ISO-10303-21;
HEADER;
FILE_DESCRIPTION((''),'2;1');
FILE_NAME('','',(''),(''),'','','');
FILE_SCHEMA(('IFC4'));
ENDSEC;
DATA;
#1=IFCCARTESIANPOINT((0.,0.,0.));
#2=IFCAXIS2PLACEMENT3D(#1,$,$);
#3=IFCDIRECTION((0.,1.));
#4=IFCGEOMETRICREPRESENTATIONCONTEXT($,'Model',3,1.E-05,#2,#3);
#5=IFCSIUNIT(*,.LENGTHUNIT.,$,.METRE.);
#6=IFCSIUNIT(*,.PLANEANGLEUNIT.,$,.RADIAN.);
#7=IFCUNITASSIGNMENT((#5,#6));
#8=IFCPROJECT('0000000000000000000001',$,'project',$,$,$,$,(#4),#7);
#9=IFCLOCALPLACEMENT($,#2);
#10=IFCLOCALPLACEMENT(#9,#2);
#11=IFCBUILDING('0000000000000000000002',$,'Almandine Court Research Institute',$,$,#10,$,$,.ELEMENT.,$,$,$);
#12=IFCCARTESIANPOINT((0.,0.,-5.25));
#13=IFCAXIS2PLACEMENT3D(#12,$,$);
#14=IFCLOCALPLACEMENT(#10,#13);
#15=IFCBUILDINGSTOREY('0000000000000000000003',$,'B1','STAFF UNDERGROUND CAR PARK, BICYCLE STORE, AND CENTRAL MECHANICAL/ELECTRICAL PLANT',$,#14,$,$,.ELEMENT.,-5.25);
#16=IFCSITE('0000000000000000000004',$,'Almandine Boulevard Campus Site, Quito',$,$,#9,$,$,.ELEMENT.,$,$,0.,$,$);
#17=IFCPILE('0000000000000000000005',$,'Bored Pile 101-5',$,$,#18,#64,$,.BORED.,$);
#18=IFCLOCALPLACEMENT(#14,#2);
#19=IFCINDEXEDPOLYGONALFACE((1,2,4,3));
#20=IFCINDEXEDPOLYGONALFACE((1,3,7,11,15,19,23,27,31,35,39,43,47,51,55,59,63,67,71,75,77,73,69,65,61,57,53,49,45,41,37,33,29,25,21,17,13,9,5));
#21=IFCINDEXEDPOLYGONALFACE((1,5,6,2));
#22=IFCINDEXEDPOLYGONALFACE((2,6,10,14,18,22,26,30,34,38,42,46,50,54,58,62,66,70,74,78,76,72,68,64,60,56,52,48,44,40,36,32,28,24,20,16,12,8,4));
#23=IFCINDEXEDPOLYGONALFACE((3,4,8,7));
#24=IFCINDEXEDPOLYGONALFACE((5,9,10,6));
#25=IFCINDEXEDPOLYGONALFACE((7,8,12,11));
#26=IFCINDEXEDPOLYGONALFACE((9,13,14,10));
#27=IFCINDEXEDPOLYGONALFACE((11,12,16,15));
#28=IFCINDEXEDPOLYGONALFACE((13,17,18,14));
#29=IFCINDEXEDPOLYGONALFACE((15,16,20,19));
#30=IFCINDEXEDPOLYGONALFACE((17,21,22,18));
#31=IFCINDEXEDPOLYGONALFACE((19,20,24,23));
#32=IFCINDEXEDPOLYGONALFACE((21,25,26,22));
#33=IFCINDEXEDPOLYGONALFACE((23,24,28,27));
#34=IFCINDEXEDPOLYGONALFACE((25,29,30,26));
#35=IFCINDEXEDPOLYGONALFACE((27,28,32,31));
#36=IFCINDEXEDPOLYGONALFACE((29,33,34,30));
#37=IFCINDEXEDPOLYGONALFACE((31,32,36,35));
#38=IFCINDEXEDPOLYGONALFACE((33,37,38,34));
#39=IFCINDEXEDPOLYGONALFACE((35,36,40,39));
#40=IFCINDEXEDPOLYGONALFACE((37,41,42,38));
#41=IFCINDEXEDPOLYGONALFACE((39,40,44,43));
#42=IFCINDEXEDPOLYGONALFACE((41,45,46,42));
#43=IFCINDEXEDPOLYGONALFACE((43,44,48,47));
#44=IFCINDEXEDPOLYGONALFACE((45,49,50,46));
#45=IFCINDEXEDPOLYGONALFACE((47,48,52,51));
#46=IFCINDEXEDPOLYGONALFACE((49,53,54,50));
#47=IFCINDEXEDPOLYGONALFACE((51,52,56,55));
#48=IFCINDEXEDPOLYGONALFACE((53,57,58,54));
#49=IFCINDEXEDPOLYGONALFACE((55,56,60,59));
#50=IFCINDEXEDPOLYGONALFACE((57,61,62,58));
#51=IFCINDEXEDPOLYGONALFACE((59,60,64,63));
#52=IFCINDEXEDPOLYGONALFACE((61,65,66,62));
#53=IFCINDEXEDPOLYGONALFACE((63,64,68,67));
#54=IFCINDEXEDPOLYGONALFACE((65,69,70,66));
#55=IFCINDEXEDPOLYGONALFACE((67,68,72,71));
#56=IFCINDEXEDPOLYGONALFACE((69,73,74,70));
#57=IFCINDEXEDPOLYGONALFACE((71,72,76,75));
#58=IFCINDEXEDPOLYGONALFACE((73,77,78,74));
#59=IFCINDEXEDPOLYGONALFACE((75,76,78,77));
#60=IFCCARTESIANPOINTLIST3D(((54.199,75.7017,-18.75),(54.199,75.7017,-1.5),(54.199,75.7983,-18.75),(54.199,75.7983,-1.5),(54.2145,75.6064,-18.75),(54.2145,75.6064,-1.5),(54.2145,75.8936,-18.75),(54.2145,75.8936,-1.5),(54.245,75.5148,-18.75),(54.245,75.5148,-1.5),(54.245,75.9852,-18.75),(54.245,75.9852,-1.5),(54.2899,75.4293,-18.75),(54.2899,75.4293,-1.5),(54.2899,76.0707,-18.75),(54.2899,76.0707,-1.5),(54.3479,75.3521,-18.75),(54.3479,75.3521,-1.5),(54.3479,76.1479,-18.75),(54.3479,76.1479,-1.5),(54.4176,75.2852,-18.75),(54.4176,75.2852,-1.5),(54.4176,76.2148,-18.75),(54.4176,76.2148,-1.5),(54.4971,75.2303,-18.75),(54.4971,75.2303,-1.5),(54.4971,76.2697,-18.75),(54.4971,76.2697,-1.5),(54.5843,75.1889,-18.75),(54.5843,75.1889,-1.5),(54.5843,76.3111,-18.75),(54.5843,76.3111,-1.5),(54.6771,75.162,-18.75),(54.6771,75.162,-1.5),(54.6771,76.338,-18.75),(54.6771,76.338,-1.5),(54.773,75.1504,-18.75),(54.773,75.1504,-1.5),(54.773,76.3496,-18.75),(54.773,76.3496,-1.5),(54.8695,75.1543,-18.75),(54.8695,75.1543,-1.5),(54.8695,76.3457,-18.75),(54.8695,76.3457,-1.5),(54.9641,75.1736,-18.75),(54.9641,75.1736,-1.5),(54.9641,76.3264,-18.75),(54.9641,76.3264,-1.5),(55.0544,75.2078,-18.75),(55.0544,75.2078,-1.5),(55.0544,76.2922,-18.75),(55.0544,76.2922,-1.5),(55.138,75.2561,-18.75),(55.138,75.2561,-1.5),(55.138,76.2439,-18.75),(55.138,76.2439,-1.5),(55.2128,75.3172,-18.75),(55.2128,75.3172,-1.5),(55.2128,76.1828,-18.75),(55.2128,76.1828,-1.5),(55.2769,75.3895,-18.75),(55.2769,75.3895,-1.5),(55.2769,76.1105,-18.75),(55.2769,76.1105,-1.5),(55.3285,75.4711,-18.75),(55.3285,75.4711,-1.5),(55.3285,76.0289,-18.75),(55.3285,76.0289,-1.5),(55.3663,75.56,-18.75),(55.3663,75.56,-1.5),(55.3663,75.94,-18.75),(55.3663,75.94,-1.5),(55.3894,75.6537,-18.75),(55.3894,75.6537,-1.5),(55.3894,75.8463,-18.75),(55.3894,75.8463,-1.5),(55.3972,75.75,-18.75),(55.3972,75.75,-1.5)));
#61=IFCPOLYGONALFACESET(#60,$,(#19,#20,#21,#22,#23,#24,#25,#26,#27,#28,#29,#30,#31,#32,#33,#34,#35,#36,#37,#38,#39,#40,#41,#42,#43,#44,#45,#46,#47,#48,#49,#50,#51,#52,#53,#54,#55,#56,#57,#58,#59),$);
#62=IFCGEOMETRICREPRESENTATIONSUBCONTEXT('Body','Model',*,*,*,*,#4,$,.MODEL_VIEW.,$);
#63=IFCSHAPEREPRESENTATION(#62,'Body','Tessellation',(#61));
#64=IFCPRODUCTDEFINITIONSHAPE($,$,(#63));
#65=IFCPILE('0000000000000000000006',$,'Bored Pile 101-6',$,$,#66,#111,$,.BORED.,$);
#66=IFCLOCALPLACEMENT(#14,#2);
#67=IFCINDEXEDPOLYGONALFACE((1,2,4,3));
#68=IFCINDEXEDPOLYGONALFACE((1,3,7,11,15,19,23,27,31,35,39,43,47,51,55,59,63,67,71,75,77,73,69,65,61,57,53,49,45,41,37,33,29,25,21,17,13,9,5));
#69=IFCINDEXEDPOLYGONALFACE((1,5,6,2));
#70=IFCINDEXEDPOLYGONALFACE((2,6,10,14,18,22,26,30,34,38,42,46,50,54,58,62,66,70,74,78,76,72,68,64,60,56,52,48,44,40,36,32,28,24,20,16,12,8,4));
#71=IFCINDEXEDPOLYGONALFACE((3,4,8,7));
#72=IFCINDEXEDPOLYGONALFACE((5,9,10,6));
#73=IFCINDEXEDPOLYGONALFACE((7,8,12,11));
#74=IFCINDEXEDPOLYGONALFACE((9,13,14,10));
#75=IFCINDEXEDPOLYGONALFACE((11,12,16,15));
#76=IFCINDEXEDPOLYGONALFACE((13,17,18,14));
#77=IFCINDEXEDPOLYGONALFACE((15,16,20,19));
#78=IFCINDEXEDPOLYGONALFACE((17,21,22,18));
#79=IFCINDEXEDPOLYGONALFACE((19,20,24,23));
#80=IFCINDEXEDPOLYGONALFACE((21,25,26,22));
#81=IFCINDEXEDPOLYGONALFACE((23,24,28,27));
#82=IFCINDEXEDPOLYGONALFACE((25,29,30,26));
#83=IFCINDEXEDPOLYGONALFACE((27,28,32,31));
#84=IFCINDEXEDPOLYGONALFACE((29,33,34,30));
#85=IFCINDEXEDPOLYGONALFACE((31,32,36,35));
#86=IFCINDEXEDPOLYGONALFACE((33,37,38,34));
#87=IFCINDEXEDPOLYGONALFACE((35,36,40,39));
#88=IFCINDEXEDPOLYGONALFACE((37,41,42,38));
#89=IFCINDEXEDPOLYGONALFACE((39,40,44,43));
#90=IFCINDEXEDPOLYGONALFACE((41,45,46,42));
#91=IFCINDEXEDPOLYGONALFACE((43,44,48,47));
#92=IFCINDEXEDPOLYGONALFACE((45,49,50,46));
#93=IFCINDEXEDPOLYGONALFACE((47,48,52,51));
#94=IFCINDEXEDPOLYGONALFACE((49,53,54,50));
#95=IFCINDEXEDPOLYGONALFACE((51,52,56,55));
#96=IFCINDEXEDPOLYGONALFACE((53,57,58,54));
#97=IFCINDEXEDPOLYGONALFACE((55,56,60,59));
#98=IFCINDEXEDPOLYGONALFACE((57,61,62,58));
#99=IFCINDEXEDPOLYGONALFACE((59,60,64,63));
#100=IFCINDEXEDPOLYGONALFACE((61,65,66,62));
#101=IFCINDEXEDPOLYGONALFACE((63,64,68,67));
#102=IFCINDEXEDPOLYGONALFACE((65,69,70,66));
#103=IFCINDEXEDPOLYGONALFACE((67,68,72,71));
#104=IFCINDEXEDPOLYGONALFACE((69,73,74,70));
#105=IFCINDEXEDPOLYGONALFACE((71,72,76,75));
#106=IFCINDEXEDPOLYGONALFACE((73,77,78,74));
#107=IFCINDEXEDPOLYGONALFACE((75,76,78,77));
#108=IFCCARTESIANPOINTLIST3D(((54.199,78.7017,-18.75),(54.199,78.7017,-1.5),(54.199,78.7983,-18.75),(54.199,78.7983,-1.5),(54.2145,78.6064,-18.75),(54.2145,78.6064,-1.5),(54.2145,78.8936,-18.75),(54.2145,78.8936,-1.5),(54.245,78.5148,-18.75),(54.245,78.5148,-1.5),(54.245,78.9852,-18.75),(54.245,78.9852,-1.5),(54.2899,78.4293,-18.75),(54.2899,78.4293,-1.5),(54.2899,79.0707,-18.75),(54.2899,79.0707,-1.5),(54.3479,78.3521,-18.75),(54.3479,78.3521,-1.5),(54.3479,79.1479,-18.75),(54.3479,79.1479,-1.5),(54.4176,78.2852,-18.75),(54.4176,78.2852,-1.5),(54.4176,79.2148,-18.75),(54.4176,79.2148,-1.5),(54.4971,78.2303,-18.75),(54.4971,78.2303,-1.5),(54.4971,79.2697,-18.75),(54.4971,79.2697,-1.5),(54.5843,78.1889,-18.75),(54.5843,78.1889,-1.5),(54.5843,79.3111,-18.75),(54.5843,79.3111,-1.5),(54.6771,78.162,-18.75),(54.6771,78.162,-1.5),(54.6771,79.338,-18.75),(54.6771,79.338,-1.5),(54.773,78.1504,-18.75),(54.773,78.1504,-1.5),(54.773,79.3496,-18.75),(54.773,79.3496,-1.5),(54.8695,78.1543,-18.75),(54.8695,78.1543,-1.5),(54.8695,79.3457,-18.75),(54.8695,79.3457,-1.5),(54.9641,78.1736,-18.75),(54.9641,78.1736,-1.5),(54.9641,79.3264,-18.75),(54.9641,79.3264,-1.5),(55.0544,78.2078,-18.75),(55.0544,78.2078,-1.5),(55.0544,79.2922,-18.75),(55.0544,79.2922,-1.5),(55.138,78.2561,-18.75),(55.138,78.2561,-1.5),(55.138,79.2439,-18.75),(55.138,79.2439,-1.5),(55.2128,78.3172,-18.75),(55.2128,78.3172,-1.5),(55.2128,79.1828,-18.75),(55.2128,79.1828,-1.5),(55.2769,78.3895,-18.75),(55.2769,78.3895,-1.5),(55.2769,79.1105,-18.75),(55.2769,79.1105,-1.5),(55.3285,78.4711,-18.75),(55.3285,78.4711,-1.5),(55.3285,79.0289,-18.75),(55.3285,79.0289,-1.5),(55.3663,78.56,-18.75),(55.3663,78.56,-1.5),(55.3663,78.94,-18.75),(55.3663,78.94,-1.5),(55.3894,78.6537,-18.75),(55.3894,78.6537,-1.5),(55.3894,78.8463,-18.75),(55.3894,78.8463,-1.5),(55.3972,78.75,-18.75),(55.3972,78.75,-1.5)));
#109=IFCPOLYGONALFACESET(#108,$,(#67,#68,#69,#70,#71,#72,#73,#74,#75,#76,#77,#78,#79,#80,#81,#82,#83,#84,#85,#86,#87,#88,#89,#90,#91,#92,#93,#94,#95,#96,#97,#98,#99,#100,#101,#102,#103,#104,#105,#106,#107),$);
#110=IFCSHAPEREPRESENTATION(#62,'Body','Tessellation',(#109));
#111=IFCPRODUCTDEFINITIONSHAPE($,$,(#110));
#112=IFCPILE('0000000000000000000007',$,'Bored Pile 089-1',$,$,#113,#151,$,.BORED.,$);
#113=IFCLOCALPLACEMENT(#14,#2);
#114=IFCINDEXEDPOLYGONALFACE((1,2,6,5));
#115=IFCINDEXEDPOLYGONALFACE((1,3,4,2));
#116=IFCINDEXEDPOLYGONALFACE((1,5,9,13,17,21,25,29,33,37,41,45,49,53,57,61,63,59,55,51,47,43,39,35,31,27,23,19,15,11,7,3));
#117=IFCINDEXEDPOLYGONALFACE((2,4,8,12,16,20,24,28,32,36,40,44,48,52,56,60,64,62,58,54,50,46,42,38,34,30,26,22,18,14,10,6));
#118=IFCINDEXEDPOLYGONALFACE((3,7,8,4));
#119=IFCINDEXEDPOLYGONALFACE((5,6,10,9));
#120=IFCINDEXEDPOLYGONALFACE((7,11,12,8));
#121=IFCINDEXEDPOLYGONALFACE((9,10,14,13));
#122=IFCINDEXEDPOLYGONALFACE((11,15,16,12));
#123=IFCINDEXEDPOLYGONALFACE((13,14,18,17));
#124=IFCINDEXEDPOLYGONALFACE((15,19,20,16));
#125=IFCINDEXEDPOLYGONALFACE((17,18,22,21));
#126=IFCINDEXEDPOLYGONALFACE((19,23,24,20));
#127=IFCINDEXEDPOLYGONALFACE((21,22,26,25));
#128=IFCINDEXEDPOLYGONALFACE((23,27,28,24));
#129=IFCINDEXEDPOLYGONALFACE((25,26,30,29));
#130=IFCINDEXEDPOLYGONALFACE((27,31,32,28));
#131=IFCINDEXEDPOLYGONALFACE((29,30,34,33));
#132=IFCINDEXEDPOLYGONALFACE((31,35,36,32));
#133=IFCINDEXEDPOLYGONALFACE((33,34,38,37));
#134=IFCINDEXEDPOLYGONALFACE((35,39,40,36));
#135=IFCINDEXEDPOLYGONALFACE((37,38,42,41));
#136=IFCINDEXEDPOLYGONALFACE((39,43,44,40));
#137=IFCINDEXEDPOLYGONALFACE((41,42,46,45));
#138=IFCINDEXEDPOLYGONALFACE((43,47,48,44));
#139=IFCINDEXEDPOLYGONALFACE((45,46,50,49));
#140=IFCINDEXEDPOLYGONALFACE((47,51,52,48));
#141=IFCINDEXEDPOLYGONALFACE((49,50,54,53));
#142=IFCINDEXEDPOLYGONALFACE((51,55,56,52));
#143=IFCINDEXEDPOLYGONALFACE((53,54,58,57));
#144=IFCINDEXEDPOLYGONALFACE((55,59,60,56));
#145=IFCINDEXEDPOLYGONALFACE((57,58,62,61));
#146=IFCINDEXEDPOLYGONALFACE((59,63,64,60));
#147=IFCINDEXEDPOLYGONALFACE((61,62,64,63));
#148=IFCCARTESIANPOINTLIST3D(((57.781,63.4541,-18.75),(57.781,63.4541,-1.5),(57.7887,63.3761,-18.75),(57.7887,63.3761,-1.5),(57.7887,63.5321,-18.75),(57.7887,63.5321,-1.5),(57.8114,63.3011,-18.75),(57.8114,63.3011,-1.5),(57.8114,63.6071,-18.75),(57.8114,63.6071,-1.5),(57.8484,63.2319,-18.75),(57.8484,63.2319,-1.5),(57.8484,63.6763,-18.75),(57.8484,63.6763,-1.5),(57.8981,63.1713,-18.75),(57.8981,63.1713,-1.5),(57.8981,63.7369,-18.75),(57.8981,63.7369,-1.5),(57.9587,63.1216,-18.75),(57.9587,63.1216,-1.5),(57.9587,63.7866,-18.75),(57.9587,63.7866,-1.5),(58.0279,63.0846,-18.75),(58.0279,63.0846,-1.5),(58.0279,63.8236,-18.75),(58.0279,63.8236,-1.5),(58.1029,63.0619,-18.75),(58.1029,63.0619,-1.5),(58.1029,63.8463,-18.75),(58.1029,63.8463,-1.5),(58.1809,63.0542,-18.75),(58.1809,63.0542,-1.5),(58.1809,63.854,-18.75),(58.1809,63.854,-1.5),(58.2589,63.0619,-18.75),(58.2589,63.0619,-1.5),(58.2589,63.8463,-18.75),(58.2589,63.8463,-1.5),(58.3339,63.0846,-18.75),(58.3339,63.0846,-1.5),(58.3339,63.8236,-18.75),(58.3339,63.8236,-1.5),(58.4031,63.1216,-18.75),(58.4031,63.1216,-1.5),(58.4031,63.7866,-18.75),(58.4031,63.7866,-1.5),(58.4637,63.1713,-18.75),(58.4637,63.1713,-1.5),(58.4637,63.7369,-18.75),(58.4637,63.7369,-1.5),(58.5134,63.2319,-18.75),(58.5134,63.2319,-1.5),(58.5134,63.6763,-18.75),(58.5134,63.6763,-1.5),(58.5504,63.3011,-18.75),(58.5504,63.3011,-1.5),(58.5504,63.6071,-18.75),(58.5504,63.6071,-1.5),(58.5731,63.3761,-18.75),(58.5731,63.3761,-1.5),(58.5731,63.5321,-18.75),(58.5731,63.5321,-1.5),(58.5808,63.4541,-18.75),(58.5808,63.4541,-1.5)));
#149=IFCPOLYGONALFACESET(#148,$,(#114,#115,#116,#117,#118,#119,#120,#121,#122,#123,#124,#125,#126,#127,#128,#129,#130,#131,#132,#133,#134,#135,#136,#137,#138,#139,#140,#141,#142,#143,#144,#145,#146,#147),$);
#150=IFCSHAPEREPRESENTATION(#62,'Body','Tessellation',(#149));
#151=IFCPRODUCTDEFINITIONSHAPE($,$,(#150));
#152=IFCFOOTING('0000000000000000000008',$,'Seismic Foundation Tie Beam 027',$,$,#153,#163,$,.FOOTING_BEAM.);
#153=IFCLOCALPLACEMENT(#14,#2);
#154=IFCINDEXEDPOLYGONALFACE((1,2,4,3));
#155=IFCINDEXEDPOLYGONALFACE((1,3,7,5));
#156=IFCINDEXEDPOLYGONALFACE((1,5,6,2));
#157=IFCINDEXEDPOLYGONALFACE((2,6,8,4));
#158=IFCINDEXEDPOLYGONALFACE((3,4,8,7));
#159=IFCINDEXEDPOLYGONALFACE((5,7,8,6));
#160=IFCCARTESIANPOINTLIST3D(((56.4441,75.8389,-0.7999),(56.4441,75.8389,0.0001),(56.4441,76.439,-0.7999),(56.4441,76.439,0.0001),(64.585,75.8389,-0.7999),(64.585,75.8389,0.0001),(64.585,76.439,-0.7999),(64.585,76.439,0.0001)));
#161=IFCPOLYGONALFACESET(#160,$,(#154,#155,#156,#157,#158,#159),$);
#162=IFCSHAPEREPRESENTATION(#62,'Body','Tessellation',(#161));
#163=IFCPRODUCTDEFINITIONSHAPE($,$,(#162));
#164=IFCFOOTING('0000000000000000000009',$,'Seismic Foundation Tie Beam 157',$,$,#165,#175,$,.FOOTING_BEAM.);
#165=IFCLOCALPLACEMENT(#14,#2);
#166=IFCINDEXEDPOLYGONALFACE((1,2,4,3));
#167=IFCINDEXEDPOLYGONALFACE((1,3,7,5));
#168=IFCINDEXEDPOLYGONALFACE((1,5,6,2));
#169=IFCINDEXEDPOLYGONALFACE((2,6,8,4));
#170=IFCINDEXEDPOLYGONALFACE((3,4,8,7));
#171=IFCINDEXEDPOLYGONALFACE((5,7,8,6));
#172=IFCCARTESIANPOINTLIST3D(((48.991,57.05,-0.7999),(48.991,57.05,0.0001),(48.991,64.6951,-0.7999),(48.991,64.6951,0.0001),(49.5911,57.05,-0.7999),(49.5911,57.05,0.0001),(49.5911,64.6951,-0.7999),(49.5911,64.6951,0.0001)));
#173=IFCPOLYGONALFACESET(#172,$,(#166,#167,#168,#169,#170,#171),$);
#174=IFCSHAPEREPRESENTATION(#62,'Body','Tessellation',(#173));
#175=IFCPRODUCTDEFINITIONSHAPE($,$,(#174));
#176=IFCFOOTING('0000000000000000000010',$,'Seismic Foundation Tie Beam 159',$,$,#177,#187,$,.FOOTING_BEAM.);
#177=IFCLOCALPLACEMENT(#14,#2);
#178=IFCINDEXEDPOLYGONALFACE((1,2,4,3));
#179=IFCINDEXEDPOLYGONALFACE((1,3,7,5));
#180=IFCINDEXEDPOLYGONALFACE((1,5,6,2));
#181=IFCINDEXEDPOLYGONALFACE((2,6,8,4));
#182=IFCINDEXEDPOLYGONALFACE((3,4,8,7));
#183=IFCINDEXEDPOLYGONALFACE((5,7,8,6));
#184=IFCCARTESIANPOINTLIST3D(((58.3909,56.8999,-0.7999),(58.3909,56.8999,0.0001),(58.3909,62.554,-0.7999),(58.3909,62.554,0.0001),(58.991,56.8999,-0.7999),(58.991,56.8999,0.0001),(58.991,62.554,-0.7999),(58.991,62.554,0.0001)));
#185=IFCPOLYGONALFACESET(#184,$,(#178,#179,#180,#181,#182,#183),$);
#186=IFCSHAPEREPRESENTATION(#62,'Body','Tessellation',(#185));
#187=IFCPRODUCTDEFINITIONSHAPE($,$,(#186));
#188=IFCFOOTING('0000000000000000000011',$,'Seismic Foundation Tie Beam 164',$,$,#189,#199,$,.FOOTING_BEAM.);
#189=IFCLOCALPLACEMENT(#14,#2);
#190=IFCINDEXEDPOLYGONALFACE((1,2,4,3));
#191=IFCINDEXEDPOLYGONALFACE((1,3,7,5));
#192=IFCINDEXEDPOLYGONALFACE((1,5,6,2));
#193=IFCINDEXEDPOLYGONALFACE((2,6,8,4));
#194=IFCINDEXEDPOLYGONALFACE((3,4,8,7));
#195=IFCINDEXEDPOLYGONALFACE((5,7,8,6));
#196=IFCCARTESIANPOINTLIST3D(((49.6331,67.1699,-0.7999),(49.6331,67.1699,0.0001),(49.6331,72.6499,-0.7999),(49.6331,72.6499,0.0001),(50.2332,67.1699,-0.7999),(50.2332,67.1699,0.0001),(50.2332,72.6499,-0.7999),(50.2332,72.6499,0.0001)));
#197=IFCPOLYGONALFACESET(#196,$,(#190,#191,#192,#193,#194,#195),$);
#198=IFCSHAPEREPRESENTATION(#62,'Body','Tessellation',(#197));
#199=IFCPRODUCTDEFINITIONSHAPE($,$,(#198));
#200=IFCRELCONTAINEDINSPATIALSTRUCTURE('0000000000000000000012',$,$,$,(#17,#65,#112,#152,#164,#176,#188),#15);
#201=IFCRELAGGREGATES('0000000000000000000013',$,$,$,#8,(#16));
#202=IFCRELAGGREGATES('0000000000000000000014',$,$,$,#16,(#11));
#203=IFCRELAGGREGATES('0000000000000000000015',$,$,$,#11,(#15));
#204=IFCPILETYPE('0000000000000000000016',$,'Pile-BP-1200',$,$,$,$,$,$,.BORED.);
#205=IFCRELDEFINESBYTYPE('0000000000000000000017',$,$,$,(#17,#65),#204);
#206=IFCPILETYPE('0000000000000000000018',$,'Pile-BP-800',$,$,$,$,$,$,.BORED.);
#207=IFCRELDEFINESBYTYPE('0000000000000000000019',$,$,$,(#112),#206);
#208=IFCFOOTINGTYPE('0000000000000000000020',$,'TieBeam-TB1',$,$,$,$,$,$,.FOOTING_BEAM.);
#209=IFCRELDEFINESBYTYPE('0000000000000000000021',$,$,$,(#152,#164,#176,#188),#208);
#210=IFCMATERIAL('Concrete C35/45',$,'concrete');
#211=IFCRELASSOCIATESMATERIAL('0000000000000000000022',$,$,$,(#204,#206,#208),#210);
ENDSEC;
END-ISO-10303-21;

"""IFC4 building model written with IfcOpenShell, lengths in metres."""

from ifc_helpers import new_model, si_unit, direction, frame, origin, origin_2d, place, context, subcontext, project, spatial, rectangle, circle, extrude, material, material_profile, profile_set, type_object, element, save


model = new_model("IFC4")

# Units and contexts
model_context = context("Model", 3, precision=1e-05, world=origin(), true_north=direction((0.0, 1.0)))
body_context = subcontext(model_context, "Body", "Model", "MODEL_VIEW")
ifc_project = project(units=[si_unit("LENGTHUNIT", "METRE"), si_unit("PLANEANGLEUNIT", "RADIAN")], contexts=[model_context])

# Site, building, storey
site_placement = place(None, origin())
site = spatial("IfcSite", under=ifc_project, at=site_placement, Name="Almandine Boulevard Campus Site, Quito", CompositionType="ELEMENT", RefElevation=0.0)
building_placement = place(site_placement, origin())
building = spatial("IfcBuilding", under=site, at=building_placement, Name="Almandine Court Research Institute", CompositionType="ELEMENT")
storey_placement = place(building_placement, frame((0.0, 0.0, -5.25)))
storey = spatial("IfcBuildingStorey", under=building, at=storey_placement, Name="B1", Description="STAFF UNDERGROUND CAR PARK, BICYCLE STORE, AND CENTRAL MECHANICAL/ELECTRICAL PLANT", CompositionType="ELEMENT", Elevation=-5.25)

# Shared definitions
ifc_material_1 = material(Name="Concrete C35/45", Category="concrete")

# Piles
ifc_material_profile_1 = material_profile(ifc_material_1, circle(Radius=0.6001, at=origin_2d()), Name="BORED PILE D1200")
ifc_profile_set_1 = profile_set([ifc_material_profile_1], Name="Concrete C35/45")
pile_type_1 = type_object("IfcPileType", Name="Pile-BP-1200", PredefinedType="BORED", material=ifc_profile_set_1)
for number, where, z_axis, x_axis, name in (
    (1, (54.7971, 75.75, -1.5), (0.0, 0.0, -1.0), (1.0, 0.0, 0.0), "Bored Pile 101-5"),
    (2, (54.7971, 78.75, -1.5), (0.0, 0.0, -1.0), (1.0, 0.0, 0.0), "Bored Pile 101-6"),
):
    element("IfcPile", number, at=place(storey_placement, frame(where, z_axis=z_axis, x_axis=x_axis)), inside=storey, type_object=pile_type_1, Name=name, PredefinedType="BORED", context=body_context, shape_type="SweptSolid", body=[
        extrude(circle(Radius=0.6001, at=origin_2d()), origin(), (0.0, 0.0, 1.0), 17.25),
    ])
ifc_material_profile_2 = material_profile(ifc_material_1, circle(Radius=0.3999, at=origin_2d()), Name="BORED PILE D800")
ifc_profile_set_2 = profile_set([ifc_material_profile_2], Name="Concrete C35/45")
pile_type_2 = type_object("IfcPileType", Name="Pile-BP-800", PredefinedType="BORED", material=ifc_profile_set_2)
pile_placement = place(storey_placement, frame((58.1809, 63.4541, -1.5), z_axis=(0.0, 0.0, -1.0), x_axis=(1.0, 0.0, 0.0)))
element("IfcPile", 3, at=pile_placement, inside=storey, type_object=pile_type_2, Name="Bored Pile 089-1", PredefinedType="BORED", context=body_context, shape_type="SweptSolid", body=[
    extrude(circle(Radius=0.3999, at=origin_2d()), origin(), (0.0, 0.0, 1.0), 17.25),
])

# Footings
ifc_material_profile_3 = material_profile(ifc_material_1, rectangle(XDim=0.6001, YDim=0.8, at=origin_2d()), Name="RC TIE 600x800")
ifc_profile_set_3 = profile_set([ifc_material_profile_3], Name="Concrete C35/45")
footing_type_1 = type_object("IfcFootingType", Name="TieBeam-TB1", PredefinedType="FOOTING_BEAM", material=ifc_profile_set_3)
footing_1_placement = place(storey_placement, frame((56.4441, 76.1389, -0.3999), z_axis=(1.0, 0.0, 0.0), x_axis=(0.0, 1.0, 0.0)))
element("IfcFooting", 4, at=footing_1_placement, inside=storey, type_object=footing_type_1, Name="Seismic Foundation Tie Beam 027", PredefinedType="FOOTING_BEAM", context=body_context, shape_type="SweptSolid", body=[
    extrude(rectangle(XDim=0.6001, YDim=0.8, at=origin_2d()), origin(), (0.0, 0.0, 1.0), 8.1409),
])
footing_2_placement = place(storey_placement, frame((49.291, 57.05, -0.3999), z_axis=(0.0, 1.0, 0.0), x_axis=(-1.0, 0.0, 0.0)))
element("IfcFooting", 5, at=footing_2_placement, inside=storey, type_object=footing_type_1, Name="Seismic Foundation Tie Beam 157", PredefinedType="FOOTING_BEAM", context=body_context, shape_type="SweptSolid", body=[
    extrude(rectangle(XDim=0.6001, YDim=0.8, at=origin_2d()), origin(), (0.0, 0.0, 1.0), 7.645),
])
footing_3_placement = place(storey_placement, frame((58.6909, 56.8999, -0.3999), z_axis=(0.0, 1.0, 0.0), x_axis=(-1.0, 0.0, 0.0)))
element("IfcFooting", 6, at=footing_3_placement, inside=storey, type_object=footing_type_1, Name="Seismic Foundation Tie Beam 159", PredefinedType="FOOTING_BEAM", context=body_context, shape_type="SweptSolid", body=[
    extrude(rectangle(XDim=0.6001, YDim=0.8, at=origin_2d()), origin(), (0.0, 0.0, 1.0), 5.6541),
])
footing_4_placement = place(storey_placement, frame((49.9331, 67.1699, -0.3999), z_axis=(0.0, 1.0, 0.0), x_axis=(-1.0, 0.0, 0.0)))
element("IfcFooting", 7, at=footing_4_placement, inside=storey, type_object=footing_type_1, Name="Seismic Foundation Tie Beam 164", PredefinedType="FOOTING_BEAM", context=body_context, shape_type="SweptSolid", body=[
    extrude(rectangle(XDim=0.6001, YDim=0.8, at=origin_2d()), origin(), (0.0, 0.0, 1.0), 5.48),
])

save(model, "model.ifc")
